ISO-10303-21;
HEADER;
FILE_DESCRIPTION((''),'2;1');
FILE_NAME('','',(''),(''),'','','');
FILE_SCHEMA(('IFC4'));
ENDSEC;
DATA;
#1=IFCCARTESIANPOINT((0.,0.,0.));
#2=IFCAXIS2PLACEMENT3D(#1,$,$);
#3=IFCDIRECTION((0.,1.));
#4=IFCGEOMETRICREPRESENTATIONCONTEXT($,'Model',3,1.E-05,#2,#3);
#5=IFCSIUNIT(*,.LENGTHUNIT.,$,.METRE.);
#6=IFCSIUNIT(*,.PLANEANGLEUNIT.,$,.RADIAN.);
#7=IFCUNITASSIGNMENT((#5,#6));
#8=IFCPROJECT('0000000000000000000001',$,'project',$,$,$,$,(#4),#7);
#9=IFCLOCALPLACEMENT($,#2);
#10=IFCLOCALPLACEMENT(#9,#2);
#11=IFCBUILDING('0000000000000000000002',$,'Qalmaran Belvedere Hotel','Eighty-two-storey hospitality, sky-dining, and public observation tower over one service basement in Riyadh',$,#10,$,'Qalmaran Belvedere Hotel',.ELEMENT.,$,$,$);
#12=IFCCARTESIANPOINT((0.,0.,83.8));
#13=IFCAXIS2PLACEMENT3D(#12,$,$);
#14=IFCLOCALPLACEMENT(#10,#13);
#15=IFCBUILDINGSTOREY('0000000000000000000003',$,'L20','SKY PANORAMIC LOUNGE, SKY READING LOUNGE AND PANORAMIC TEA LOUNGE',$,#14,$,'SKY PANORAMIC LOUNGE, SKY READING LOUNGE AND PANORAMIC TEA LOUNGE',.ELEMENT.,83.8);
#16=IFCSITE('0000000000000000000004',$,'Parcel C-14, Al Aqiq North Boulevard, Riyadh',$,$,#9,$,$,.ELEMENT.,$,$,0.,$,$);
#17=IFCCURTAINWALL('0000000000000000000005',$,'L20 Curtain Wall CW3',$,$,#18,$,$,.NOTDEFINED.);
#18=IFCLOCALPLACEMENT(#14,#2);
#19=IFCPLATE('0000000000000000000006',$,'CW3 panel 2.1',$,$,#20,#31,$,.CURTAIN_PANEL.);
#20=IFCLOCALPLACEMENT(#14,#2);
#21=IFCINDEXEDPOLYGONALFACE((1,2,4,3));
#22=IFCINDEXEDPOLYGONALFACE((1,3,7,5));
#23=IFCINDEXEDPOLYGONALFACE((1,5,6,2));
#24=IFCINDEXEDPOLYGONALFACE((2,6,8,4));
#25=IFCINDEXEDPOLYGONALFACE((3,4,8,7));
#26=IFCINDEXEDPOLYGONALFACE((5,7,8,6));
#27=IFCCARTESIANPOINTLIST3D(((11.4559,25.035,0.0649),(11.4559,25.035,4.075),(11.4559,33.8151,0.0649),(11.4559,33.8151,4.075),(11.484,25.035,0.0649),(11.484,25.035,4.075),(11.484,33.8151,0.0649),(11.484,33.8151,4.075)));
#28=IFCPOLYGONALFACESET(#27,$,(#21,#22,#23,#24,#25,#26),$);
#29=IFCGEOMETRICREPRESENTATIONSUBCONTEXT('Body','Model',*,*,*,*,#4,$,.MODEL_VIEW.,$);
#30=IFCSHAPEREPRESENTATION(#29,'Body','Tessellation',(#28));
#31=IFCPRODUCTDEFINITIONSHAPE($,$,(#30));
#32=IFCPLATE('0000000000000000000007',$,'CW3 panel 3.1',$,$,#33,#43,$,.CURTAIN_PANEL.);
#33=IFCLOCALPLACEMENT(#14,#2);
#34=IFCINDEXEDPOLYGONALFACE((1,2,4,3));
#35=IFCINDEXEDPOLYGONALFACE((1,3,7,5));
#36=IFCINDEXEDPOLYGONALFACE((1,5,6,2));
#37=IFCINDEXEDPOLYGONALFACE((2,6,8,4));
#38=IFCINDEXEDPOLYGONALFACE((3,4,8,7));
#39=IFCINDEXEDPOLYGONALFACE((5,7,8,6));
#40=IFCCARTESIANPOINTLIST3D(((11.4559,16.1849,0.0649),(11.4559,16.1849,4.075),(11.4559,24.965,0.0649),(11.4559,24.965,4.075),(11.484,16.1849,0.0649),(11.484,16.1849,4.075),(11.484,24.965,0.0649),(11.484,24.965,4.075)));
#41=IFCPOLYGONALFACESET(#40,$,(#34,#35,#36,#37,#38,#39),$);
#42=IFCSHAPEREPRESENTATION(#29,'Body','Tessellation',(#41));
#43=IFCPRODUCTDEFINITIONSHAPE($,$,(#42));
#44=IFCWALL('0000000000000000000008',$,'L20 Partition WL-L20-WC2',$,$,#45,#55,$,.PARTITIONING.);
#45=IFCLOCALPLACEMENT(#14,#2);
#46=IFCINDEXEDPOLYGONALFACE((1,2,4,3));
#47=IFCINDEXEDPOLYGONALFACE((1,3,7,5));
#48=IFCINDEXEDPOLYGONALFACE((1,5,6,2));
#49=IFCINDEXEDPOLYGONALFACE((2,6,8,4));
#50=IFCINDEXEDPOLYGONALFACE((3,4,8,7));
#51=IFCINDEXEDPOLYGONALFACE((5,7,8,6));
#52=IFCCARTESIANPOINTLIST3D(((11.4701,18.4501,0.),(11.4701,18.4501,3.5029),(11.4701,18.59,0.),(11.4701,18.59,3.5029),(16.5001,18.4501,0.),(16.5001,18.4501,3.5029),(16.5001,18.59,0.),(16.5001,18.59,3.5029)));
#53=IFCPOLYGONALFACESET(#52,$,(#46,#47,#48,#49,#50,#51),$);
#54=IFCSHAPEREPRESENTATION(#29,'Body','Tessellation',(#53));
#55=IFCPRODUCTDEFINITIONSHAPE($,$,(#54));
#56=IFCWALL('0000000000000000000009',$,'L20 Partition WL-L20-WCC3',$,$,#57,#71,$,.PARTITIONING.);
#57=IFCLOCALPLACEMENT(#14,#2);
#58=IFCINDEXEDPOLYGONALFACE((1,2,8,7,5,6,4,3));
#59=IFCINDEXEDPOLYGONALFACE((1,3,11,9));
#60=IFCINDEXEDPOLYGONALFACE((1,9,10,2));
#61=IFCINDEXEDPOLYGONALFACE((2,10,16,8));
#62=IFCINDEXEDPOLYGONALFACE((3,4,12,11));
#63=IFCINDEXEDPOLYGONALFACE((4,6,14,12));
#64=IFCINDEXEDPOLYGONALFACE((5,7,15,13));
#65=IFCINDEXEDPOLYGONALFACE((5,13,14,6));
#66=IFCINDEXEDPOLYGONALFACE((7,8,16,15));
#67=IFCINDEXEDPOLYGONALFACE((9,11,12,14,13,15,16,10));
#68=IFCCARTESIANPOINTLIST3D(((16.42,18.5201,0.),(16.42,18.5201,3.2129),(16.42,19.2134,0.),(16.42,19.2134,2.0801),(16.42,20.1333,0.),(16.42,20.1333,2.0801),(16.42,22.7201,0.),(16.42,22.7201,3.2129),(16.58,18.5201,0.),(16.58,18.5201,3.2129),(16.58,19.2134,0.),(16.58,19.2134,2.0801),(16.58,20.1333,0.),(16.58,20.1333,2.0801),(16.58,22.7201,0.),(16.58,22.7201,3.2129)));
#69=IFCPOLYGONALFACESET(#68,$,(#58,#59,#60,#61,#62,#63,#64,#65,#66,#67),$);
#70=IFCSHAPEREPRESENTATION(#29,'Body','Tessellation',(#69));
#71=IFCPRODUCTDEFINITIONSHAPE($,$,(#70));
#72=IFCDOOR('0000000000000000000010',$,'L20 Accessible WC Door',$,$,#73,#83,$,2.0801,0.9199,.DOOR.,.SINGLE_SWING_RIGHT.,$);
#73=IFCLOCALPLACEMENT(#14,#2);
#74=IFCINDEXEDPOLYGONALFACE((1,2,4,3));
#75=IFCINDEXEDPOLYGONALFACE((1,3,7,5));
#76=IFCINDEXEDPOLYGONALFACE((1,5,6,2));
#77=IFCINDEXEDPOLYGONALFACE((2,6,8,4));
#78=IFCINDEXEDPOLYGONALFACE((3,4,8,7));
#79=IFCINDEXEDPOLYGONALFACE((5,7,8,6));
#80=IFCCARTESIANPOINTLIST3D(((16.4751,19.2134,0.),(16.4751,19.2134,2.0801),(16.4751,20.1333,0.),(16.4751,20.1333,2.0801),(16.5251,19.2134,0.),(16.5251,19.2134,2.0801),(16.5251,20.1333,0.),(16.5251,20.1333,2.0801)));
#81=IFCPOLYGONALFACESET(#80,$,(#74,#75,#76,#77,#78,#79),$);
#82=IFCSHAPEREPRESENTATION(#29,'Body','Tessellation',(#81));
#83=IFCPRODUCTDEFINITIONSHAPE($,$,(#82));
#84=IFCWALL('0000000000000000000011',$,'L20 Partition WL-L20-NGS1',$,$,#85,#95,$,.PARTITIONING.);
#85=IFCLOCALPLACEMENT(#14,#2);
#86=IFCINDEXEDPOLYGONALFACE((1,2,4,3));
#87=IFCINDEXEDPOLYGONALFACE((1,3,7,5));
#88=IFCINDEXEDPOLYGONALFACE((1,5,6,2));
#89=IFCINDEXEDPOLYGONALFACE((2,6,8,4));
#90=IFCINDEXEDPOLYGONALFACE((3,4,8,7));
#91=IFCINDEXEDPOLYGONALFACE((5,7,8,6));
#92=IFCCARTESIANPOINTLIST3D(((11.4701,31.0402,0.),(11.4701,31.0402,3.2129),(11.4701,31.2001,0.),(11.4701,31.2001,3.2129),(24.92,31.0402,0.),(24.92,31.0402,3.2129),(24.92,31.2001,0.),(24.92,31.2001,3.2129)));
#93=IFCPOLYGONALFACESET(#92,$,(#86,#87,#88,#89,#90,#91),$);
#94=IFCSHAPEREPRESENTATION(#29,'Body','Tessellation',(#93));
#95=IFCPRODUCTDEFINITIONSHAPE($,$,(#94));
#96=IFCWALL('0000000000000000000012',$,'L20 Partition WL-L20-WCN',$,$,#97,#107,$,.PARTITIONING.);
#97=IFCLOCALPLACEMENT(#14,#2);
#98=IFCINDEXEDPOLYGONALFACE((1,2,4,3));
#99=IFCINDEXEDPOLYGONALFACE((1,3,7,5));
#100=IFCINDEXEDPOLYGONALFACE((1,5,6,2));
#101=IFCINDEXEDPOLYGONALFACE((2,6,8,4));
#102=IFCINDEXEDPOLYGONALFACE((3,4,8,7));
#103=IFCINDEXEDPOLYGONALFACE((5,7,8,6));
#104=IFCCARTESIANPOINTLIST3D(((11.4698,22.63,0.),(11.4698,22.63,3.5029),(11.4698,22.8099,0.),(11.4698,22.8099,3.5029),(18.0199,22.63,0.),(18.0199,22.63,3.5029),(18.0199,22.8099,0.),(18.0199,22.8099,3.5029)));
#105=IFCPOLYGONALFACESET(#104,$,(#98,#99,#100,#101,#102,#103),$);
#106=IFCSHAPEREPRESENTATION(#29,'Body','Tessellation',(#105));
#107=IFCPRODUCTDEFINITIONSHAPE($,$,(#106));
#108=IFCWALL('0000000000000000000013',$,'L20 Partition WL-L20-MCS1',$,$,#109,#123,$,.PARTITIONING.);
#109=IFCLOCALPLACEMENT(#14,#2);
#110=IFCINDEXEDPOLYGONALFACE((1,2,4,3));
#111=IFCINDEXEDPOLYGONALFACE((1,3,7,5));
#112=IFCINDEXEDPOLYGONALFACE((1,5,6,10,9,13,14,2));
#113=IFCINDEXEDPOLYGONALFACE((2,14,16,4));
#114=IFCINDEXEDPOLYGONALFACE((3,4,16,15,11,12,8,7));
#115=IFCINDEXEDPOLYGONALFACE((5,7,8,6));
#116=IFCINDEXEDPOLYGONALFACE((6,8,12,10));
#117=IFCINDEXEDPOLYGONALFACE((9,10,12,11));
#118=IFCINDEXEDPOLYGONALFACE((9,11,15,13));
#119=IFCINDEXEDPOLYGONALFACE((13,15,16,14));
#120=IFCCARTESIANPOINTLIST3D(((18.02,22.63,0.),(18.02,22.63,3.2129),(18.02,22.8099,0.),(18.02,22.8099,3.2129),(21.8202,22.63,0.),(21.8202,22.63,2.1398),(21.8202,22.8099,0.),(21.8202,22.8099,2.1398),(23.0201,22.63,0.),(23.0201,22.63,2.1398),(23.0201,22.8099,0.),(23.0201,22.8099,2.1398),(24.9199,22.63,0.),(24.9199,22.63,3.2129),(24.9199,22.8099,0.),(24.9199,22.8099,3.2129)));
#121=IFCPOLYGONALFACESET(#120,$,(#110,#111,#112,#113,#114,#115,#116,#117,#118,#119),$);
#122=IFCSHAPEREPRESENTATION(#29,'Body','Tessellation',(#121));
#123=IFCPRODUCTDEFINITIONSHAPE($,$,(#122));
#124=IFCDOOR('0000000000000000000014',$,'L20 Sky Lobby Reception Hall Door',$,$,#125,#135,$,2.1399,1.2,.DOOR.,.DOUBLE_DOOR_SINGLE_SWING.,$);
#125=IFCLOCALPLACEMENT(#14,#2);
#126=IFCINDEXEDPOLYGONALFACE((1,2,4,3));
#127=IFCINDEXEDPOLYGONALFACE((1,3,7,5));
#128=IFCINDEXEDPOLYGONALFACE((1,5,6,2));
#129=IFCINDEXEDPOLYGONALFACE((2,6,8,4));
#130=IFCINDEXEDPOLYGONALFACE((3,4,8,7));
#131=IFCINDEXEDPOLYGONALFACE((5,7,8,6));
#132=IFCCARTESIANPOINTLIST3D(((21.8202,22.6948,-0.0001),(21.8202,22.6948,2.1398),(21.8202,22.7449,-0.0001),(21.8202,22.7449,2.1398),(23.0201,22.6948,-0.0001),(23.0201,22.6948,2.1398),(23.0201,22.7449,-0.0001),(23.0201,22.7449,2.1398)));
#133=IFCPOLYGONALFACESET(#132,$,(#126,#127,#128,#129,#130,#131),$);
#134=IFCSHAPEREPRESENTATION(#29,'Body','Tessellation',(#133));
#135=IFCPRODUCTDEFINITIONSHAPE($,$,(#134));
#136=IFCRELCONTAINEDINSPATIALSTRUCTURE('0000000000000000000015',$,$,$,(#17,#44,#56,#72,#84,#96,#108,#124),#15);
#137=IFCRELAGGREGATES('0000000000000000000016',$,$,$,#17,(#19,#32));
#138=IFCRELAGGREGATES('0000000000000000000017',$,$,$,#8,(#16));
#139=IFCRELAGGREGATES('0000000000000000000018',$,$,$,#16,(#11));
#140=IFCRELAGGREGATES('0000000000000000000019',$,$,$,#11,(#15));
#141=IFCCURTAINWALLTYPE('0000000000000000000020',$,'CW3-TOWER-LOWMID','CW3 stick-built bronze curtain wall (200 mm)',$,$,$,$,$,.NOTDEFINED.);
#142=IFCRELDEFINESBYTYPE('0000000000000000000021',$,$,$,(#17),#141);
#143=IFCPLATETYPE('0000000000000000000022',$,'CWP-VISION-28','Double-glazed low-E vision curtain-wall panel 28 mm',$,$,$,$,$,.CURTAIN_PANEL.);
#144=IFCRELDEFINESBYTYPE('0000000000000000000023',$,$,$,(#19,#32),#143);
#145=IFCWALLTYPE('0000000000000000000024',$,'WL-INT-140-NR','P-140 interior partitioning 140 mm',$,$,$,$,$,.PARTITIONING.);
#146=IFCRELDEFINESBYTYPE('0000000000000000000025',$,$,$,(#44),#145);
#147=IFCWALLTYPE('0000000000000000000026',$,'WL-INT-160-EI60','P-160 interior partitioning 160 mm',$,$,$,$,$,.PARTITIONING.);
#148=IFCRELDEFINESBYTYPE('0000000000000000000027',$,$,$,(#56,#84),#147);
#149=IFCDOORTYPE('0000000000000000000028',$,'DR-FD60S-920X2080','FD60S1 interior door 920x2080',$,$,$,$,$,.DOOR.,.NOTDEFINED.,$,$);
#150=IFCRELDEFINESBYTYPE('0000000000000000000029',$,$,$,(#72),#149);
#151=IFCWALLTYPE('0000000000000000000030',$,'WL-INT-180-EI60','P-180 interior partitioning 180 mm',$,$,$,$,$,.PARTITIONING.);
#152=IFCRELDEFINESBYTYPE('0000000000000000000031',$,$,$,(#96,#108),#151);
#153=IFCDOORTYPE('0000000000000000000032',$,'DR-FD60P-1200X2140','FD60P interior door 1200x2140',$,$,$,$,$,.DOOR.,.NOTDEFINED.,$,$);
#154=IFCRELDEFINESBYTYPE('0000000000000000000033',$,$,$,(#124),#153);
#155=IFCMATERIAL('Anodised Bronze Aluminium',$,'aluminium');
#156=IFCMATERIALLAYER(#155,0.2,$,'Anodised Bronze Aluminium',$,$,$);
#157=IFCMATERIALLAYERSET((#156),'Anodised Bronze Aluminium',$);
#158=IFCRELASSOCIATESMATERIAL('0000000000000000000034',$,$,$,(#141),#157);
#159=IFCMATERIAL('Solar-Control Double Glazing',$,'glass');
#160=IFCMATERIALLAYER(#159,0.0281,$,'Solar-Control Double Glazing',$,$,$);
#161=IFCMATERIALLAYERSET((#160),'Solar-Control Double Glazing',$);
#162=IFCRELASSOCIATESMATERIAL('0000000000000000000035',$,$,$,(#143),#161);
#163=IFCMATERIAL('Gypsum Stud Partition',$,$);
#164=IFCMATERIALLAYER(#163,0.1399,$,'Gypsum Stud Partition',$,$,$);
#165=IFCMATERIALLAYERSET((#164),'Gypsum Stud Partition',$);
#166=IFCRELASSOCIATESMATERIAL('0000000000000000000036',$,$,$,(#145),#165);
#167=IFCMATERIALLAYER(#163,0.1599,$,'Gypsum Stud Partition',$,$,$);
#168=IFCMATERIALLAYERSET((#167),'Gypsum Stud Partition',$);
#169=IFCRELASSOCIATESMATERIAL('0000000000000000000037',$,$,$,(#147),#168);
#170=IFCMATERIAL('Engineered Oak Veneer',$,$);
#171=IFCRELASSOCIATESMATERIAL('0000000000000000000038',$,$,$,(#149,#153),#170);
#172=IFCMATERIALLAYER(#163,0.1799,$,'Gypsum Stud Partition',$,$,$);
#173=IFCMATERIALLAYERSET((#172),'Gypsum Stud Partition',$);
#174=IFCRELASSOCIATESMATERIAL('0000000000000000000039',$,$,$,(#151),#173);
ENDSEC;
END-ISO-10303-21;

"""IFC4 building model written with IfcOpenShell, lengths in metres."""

from ifc_helpers import new_model, si_unit, direction, frame, frame_2d, origin, origin_2d, place, context, subcontext, project, spatial, rectangle, extrude, material, layer, layer_set, type_object, element, fill, aggregate, save


model = new_model("IFC4")

# Units and contexts
model_context = context("Model", 3, precision=1e-05, world=origin(), true_north=direction((0.0, 1.0)))
body_context = subcontext(model_context, "Body", "Model", "MODEL_VIEW")
ifc_project = project(units=[si_unit("LENGTHUNIT", "METRE"), si_unit("PLANEANGLEUNIT", "RADIAN")], contexts=[model_context])

# Site, building, storey
site_placement = place(None, origin())
site = spatial("IfcSite", under=ifc_project, at=site_placement, Name="Parcel C-14, Al Aqiq North Boulevard, Riyadh", CompositionType="ELEMENT", RefElevation=0.0)
building_placement = place(site_placement, origin())
building = spatial("IfcBuilding", under=site, at=building_placement, Name="Qalmaran Belvedere Hotel", Description="Eighty-two-storey hospitality, sky-dining, and public observation tower over one service basement in Riyadh", LongName="Qalmaran Belvedere Hotel", CompositionType="ELEMENT")
storey_placement = place(building_placement, frame((0.0, 0.0, 83.8)))
storey = spatial("IfcBuildingStorey", under=building, at=storey_placement, Name="L20", Description="SKY PANORAMIC LOUNGE, SKY READING LOUNGE AND PANORAMIC TEA LOUNGE", LongName="SKY PANORAMIC LOUNGE, SKY READING LOUNGE AND PANORAMIC TEA LOUNGE", CompositionType="ELEMENT", Elevation=83.8)

# Curtain wall, plates
ifc_material_1 = material(Name="Anodised Bronze Aluminium", Category="aluminium")
ifc_layer_1 = layer(ifc_material_1, 0.2, Name="Anodised Bronze Aluminium")
ifc_layer_set_1 = layer_set([ifc_layer_1], Name="Anodised Bronze Aluminium")
curtain_wall_type = type_object("IfcCurtainWallType", Name="CW3-TOWER-LOWMID", Description="CW3 stick-built bronze curtain wall (200 mm)", PredefinedType="NOTDEFINED", material=ifc_layer_set_1)
curtain_wall_placement = place(storey_placement, origin())
curtain_wall = element("IfcCurtainWall", 1, at=curtain_wall_placement, inside=storey, type_object=curtain_wall_type, Name="L20 Curtain Wall CW3", PredefinedType="NOTDEFINED")
ifc_material_2 = material(Name="Solar-Control Double Glazing", Category="glass")
ifc_layer_2 = layer(ifc_material_2, 0.0281, Name="Solar-Control Double Glazing")
ifc_layer_set_2 = layer_set([ifc_layer_2], Name="Solar-Control Double Glazing")
plate_type = type_object("IfcPlateType", Name="CWP-VISION-28", Description="Double-glazed low-E vision curtain-wall panel 28 mm", PredefinedType="CURTAIN_PANEL", material=ifc_layer_set_2)
plate_1_placement = place(storey_placement, frame((11.47, 29.425, 0.0649), z_axis=(0.0, 0.0, 1.0), x_axis=(0.0, -1.0, 0.0)))
plate_1 = element("IfcPlate", 2, at=plate_1_placement, type_object=plate_type, Name="CW3 panel 2.1", PredefinedType="CURTAIN_PANEL", context=body_context, shape_type="SweptSolid", body=[
    extrude(rectangle(XDim=8.78, YDim=0.0281, at=origin_2d()), origin(), (0.0, 0.0, 1.0), 4.01),
])
plate_2_placement = place(storey_placement, frame((11.47, 20.575, 0.0649), z_axis=(0.0, 0.0, 1.0), x_axis=(0.0, -1.0, 0.0)))
plate_2 = element("IfcPlate", 3, at=plate_2_placement, type_object=plate_type, Name="CW3 panel 3.1", PredefinedType="CURTAIN_PANEL", context=body_context, shape_type="SweptSolid", body=[
    extrude(rectangle(XDim=8.78, YDim=0.0281, at=origin_2d()), origin(), (0.0, 0.0, 1.0), 4.01),
])
aggregate(curtain_wall, [plate_1, plate_2])

# Wall
ifc_material_3 = material(Name="Gypsum Stud Partition")
ifc_layer_3 = layer(ifc_material_3, 0.1399, Name="Gypsum Stud Partition")
ifc_layer_set_3 = layer_set([ifc_layer_3], Name="Gypsum Stud Partition")
wall_type_1 = type_object("IfcWallType", Name="WL-INT-140-NR", Description="P-140 interior partitioning 140 mm", PredefinedType="PARTITIONING", material=ifc_layer_set_3)
wall_1_placement = place(storey_placement, frame((11.47, 18.52, 0.0), z_axis=(0.0, 0.0, 1.0), x_axis=(1.0, 0.0, 0.0)))
element("IfcWall", 4, at=wall_1_placement, inside=storey, type_object=wall_type_1, Name="L20 Partition WL-L20-WC2", PredefinedType="PARTITIONING", context=body_context, shape_type="SweptSolid", body=[
    extrude(rectangle(XDim=5.03, YDim=0.1399, at=frame_2d((2.5151, 0.0))), origin(), (0.0, 0.0, 1.0), 3.5029),
])

# Wall, opening, door
ifc_layer_4 = layer(ifc_material_3, 0.1599, Name="Gypsum Stud Partition")
ifc_layer_set_4 = layer_set([ifc_layer_4], Name="Gypsum Stud Partition")
wall_type_2 = type_object("IfcWallType", Name="WL-INT-160-EI60", Description="P-160 interior partitioning 160 mm", PredefinedType="PARTITIONING", material=ifc_layer_set_4)
wall_2_placement = place(storey_placement, frame((16.5, 18.52, 0.0), z_axis=(0.0, 0.0, 1.0), x_axis=(0.0, 1.0, 0.0)))
wall_2 = element("IfcWall", 5, at=wall_2_placement, inside=storey, type_object=wall_type_2, Name="L20 Partition WL-L20-WCC3", PredefinedType="PARTITIONING", context=body_context, shape_type="SweptSolid", body=[
    extrude(rectangle(XDim=4.2, YDim=0.1599, at=frame_2d((2.1001, 0.0))), origin(), (0.0, 0.0, 1.0), 3.2129),
])
opening_1_placement = place(wall_2_placement, frame((0.6934, 0.0, 0.0)))
opening_1 = element("IfcOpeningElement", 6, at=opening_1_placement, cuts=wall_2, PredefinedType="OPENING", context=body_context, shape_type="SweptSolid", body=[
    extrude(rectangle(XDim=0.9199, YDim=2.0801, at=frame_2d((0.46, 1.04))), frame((0.0, 0.0898, 0.0), z_axis=(0.0, -1.0, 0.0), x_axis=(1.0, 0.0, 0.0)), (0.0, 0.0, 1.0), 0.1799),
])
ifc_material_4 = material(Name="Engineered Oak Veneer")
door_type_1 = type_object("IfcDoorType", Name="DR-FD60S-920X2080", Description="FD60S1 interior door 920x2080", OperationType="NOTDEFINED", PredefinedType="DOOR", material=ifc_material_4)
door_1_placement = place(opening_1_placement, origin())
door_1 = element("IfcDoor", 7, at=door_1_placement, inside=storey, type_object=door_type_1, Name="L20 Accessible WC Door", OperationType="SINGLE_SWING_RIGHT", OverallHeight=2.0801, OverallWidth=0.9199, PredefinedType="DOOR", context=body_context, shape_type="SweptSolid", body=[
    extrude(rectangle(XDim=0.9199, YDim=2.0801, at=frame_2d((0.46, 1.04))), frame((0.0, 0.0249, 0.0), z_axis=(0.0, -1.0, 0.0), x_axis=(1.0, 0.0, 0.0)), (0.0, 0.0, 1.0), 0.05),
])
fill(opening_1, door_1)

# Walls
wall_3_placement = place(storey_placement, frame((11.47, 31.1201, 0.0), z_axis=(0.0, 0.0, 1.0), x_axis=(1.0, 0.0, 0.0)))
element("IfcWall", 8, at=wall_3_placement, inside=storey, type_object=wall_type_2, Name="L20 Partition WL-L20-NGS1", PredefinedType="PARTITIONING", context=body_context, shape_type="SweptSolid", body=[
    extrude(rectangle(XDim=13.45, YDim=0.1599, at=frame_2d((6.7251, 0.0))), origin(), (0.0, 0.0, 1.0), 3.2129),
])
ifc_layer_5 = layer(ifc_material_3, 0.1799, Name="Gypsum Stud Partition")
ifc_layer_set_5 = layer_set([ifc_layer_5], Name="Gypsum Stud Partition")
wall_type_3 = type_object("IfcWallType", Name="WL-INT-180-EI60", Description="P-180 interior partitioning 180 mm", PredefinedType="PARTITIONING", material=ifc_layer_set_5)
wall_4_placement = place(storey_placement, frame((11.47, 22.72, 0.0), z_axis=(0.0, 0.0, 1.0), x_axis=(1.0, 0.0, 0.0)))
element("IfcWall", 9, at=wall_4_placement, inside=storey, type_object=wall_type_3, Name="L20 Partition WL-L20-WCN", PredefinedType="PARTITIONING", context=body_context, shape_type="SweptSolid", body=[
    extrude(rectangle(XDim=6.55, YDim=0.1799, at=frame_2d((3.2749, 0.0))), origin(), (0.0, 0.0, 1.0), 3.5029),
])

# Wall, opening, door
wall_5_placement = place(storey_placement, frame((18.02, 22.72, 0.0), z_axis=(0.0, 0.0, 1.0), x_axis=(1.0, 0.0, 0.0)))
wall_5 = element("IfcWall", 10, at=wall_5_placement, inside=storey, type_object=wall_type_3, Name="L20 Partition WL-L20-MCS1", PredefinedType="PARTITIONING", context=body_context, shape_type="SweptSolid", body=[
    extrude(rectangle(XDim=6.8999, YDim=0.1799, at=frame_2d((3.45, 0.0))), origin(), (0.0, 0.0, 1.0), 3.2129),
])
opening_2_placement = place(wall_5_placement, frame((3.8, 0.0, 0.0)))
opening_2 = element("IfcOpeningElement", 11, at=opening_2_placement, cuts=wall_5, PredefinedType="OPENING", context=body_context, shape_type="SweptSolid", body=[
    extrude(rectangle(XDim=1.2, YDim=2.1399, at=frame_2d((0.6001, 1.0698))), frame((0.0, 0.1001, 0.0), z_axis=(0.0, -1.0, 0.0), x_axis=(1.0, 0.0, 0.0)), (0.0, 0.0, 1.0), 0.2),
])
door_type_2 = type_object("IfcDoorType", Name="DR-FD60P-1200X2140", Description="FD60P interior door 1200x2140", OperationType="NOTDEFINED", PredefinedType="DOOR", material=ifc_material_4)
door_2_placement = place(opening_2_placement, origin())
door_2 = element("IfcDoor", 12, at=door_2_placement, inside=storey, type_object=door_type_2, Name="L20 Sky Lobby Reception Hall Door", OperationType="DOUBLE_DOOR_SINGLE_SWING", OverallHeight=2.1399, OverallWidth=1.2, PredefinedType="DOOR", context=body_context, shape_type="SweptSolid", body=[
    extrude(rectangle(XDim=1.2, YDim=2.1399, at=frame_2d((0.6001, 1.0698))), frame((0.0, 0.0249, 0.0), z_axis=(0.0, -1.0, 0.0), x_axis=(1.0, 0.0, 0.0)), (0.0, 0.0, 1.0), 0.05),
])
fill(opening_2, door_2)

save(model, "model.ifc")
